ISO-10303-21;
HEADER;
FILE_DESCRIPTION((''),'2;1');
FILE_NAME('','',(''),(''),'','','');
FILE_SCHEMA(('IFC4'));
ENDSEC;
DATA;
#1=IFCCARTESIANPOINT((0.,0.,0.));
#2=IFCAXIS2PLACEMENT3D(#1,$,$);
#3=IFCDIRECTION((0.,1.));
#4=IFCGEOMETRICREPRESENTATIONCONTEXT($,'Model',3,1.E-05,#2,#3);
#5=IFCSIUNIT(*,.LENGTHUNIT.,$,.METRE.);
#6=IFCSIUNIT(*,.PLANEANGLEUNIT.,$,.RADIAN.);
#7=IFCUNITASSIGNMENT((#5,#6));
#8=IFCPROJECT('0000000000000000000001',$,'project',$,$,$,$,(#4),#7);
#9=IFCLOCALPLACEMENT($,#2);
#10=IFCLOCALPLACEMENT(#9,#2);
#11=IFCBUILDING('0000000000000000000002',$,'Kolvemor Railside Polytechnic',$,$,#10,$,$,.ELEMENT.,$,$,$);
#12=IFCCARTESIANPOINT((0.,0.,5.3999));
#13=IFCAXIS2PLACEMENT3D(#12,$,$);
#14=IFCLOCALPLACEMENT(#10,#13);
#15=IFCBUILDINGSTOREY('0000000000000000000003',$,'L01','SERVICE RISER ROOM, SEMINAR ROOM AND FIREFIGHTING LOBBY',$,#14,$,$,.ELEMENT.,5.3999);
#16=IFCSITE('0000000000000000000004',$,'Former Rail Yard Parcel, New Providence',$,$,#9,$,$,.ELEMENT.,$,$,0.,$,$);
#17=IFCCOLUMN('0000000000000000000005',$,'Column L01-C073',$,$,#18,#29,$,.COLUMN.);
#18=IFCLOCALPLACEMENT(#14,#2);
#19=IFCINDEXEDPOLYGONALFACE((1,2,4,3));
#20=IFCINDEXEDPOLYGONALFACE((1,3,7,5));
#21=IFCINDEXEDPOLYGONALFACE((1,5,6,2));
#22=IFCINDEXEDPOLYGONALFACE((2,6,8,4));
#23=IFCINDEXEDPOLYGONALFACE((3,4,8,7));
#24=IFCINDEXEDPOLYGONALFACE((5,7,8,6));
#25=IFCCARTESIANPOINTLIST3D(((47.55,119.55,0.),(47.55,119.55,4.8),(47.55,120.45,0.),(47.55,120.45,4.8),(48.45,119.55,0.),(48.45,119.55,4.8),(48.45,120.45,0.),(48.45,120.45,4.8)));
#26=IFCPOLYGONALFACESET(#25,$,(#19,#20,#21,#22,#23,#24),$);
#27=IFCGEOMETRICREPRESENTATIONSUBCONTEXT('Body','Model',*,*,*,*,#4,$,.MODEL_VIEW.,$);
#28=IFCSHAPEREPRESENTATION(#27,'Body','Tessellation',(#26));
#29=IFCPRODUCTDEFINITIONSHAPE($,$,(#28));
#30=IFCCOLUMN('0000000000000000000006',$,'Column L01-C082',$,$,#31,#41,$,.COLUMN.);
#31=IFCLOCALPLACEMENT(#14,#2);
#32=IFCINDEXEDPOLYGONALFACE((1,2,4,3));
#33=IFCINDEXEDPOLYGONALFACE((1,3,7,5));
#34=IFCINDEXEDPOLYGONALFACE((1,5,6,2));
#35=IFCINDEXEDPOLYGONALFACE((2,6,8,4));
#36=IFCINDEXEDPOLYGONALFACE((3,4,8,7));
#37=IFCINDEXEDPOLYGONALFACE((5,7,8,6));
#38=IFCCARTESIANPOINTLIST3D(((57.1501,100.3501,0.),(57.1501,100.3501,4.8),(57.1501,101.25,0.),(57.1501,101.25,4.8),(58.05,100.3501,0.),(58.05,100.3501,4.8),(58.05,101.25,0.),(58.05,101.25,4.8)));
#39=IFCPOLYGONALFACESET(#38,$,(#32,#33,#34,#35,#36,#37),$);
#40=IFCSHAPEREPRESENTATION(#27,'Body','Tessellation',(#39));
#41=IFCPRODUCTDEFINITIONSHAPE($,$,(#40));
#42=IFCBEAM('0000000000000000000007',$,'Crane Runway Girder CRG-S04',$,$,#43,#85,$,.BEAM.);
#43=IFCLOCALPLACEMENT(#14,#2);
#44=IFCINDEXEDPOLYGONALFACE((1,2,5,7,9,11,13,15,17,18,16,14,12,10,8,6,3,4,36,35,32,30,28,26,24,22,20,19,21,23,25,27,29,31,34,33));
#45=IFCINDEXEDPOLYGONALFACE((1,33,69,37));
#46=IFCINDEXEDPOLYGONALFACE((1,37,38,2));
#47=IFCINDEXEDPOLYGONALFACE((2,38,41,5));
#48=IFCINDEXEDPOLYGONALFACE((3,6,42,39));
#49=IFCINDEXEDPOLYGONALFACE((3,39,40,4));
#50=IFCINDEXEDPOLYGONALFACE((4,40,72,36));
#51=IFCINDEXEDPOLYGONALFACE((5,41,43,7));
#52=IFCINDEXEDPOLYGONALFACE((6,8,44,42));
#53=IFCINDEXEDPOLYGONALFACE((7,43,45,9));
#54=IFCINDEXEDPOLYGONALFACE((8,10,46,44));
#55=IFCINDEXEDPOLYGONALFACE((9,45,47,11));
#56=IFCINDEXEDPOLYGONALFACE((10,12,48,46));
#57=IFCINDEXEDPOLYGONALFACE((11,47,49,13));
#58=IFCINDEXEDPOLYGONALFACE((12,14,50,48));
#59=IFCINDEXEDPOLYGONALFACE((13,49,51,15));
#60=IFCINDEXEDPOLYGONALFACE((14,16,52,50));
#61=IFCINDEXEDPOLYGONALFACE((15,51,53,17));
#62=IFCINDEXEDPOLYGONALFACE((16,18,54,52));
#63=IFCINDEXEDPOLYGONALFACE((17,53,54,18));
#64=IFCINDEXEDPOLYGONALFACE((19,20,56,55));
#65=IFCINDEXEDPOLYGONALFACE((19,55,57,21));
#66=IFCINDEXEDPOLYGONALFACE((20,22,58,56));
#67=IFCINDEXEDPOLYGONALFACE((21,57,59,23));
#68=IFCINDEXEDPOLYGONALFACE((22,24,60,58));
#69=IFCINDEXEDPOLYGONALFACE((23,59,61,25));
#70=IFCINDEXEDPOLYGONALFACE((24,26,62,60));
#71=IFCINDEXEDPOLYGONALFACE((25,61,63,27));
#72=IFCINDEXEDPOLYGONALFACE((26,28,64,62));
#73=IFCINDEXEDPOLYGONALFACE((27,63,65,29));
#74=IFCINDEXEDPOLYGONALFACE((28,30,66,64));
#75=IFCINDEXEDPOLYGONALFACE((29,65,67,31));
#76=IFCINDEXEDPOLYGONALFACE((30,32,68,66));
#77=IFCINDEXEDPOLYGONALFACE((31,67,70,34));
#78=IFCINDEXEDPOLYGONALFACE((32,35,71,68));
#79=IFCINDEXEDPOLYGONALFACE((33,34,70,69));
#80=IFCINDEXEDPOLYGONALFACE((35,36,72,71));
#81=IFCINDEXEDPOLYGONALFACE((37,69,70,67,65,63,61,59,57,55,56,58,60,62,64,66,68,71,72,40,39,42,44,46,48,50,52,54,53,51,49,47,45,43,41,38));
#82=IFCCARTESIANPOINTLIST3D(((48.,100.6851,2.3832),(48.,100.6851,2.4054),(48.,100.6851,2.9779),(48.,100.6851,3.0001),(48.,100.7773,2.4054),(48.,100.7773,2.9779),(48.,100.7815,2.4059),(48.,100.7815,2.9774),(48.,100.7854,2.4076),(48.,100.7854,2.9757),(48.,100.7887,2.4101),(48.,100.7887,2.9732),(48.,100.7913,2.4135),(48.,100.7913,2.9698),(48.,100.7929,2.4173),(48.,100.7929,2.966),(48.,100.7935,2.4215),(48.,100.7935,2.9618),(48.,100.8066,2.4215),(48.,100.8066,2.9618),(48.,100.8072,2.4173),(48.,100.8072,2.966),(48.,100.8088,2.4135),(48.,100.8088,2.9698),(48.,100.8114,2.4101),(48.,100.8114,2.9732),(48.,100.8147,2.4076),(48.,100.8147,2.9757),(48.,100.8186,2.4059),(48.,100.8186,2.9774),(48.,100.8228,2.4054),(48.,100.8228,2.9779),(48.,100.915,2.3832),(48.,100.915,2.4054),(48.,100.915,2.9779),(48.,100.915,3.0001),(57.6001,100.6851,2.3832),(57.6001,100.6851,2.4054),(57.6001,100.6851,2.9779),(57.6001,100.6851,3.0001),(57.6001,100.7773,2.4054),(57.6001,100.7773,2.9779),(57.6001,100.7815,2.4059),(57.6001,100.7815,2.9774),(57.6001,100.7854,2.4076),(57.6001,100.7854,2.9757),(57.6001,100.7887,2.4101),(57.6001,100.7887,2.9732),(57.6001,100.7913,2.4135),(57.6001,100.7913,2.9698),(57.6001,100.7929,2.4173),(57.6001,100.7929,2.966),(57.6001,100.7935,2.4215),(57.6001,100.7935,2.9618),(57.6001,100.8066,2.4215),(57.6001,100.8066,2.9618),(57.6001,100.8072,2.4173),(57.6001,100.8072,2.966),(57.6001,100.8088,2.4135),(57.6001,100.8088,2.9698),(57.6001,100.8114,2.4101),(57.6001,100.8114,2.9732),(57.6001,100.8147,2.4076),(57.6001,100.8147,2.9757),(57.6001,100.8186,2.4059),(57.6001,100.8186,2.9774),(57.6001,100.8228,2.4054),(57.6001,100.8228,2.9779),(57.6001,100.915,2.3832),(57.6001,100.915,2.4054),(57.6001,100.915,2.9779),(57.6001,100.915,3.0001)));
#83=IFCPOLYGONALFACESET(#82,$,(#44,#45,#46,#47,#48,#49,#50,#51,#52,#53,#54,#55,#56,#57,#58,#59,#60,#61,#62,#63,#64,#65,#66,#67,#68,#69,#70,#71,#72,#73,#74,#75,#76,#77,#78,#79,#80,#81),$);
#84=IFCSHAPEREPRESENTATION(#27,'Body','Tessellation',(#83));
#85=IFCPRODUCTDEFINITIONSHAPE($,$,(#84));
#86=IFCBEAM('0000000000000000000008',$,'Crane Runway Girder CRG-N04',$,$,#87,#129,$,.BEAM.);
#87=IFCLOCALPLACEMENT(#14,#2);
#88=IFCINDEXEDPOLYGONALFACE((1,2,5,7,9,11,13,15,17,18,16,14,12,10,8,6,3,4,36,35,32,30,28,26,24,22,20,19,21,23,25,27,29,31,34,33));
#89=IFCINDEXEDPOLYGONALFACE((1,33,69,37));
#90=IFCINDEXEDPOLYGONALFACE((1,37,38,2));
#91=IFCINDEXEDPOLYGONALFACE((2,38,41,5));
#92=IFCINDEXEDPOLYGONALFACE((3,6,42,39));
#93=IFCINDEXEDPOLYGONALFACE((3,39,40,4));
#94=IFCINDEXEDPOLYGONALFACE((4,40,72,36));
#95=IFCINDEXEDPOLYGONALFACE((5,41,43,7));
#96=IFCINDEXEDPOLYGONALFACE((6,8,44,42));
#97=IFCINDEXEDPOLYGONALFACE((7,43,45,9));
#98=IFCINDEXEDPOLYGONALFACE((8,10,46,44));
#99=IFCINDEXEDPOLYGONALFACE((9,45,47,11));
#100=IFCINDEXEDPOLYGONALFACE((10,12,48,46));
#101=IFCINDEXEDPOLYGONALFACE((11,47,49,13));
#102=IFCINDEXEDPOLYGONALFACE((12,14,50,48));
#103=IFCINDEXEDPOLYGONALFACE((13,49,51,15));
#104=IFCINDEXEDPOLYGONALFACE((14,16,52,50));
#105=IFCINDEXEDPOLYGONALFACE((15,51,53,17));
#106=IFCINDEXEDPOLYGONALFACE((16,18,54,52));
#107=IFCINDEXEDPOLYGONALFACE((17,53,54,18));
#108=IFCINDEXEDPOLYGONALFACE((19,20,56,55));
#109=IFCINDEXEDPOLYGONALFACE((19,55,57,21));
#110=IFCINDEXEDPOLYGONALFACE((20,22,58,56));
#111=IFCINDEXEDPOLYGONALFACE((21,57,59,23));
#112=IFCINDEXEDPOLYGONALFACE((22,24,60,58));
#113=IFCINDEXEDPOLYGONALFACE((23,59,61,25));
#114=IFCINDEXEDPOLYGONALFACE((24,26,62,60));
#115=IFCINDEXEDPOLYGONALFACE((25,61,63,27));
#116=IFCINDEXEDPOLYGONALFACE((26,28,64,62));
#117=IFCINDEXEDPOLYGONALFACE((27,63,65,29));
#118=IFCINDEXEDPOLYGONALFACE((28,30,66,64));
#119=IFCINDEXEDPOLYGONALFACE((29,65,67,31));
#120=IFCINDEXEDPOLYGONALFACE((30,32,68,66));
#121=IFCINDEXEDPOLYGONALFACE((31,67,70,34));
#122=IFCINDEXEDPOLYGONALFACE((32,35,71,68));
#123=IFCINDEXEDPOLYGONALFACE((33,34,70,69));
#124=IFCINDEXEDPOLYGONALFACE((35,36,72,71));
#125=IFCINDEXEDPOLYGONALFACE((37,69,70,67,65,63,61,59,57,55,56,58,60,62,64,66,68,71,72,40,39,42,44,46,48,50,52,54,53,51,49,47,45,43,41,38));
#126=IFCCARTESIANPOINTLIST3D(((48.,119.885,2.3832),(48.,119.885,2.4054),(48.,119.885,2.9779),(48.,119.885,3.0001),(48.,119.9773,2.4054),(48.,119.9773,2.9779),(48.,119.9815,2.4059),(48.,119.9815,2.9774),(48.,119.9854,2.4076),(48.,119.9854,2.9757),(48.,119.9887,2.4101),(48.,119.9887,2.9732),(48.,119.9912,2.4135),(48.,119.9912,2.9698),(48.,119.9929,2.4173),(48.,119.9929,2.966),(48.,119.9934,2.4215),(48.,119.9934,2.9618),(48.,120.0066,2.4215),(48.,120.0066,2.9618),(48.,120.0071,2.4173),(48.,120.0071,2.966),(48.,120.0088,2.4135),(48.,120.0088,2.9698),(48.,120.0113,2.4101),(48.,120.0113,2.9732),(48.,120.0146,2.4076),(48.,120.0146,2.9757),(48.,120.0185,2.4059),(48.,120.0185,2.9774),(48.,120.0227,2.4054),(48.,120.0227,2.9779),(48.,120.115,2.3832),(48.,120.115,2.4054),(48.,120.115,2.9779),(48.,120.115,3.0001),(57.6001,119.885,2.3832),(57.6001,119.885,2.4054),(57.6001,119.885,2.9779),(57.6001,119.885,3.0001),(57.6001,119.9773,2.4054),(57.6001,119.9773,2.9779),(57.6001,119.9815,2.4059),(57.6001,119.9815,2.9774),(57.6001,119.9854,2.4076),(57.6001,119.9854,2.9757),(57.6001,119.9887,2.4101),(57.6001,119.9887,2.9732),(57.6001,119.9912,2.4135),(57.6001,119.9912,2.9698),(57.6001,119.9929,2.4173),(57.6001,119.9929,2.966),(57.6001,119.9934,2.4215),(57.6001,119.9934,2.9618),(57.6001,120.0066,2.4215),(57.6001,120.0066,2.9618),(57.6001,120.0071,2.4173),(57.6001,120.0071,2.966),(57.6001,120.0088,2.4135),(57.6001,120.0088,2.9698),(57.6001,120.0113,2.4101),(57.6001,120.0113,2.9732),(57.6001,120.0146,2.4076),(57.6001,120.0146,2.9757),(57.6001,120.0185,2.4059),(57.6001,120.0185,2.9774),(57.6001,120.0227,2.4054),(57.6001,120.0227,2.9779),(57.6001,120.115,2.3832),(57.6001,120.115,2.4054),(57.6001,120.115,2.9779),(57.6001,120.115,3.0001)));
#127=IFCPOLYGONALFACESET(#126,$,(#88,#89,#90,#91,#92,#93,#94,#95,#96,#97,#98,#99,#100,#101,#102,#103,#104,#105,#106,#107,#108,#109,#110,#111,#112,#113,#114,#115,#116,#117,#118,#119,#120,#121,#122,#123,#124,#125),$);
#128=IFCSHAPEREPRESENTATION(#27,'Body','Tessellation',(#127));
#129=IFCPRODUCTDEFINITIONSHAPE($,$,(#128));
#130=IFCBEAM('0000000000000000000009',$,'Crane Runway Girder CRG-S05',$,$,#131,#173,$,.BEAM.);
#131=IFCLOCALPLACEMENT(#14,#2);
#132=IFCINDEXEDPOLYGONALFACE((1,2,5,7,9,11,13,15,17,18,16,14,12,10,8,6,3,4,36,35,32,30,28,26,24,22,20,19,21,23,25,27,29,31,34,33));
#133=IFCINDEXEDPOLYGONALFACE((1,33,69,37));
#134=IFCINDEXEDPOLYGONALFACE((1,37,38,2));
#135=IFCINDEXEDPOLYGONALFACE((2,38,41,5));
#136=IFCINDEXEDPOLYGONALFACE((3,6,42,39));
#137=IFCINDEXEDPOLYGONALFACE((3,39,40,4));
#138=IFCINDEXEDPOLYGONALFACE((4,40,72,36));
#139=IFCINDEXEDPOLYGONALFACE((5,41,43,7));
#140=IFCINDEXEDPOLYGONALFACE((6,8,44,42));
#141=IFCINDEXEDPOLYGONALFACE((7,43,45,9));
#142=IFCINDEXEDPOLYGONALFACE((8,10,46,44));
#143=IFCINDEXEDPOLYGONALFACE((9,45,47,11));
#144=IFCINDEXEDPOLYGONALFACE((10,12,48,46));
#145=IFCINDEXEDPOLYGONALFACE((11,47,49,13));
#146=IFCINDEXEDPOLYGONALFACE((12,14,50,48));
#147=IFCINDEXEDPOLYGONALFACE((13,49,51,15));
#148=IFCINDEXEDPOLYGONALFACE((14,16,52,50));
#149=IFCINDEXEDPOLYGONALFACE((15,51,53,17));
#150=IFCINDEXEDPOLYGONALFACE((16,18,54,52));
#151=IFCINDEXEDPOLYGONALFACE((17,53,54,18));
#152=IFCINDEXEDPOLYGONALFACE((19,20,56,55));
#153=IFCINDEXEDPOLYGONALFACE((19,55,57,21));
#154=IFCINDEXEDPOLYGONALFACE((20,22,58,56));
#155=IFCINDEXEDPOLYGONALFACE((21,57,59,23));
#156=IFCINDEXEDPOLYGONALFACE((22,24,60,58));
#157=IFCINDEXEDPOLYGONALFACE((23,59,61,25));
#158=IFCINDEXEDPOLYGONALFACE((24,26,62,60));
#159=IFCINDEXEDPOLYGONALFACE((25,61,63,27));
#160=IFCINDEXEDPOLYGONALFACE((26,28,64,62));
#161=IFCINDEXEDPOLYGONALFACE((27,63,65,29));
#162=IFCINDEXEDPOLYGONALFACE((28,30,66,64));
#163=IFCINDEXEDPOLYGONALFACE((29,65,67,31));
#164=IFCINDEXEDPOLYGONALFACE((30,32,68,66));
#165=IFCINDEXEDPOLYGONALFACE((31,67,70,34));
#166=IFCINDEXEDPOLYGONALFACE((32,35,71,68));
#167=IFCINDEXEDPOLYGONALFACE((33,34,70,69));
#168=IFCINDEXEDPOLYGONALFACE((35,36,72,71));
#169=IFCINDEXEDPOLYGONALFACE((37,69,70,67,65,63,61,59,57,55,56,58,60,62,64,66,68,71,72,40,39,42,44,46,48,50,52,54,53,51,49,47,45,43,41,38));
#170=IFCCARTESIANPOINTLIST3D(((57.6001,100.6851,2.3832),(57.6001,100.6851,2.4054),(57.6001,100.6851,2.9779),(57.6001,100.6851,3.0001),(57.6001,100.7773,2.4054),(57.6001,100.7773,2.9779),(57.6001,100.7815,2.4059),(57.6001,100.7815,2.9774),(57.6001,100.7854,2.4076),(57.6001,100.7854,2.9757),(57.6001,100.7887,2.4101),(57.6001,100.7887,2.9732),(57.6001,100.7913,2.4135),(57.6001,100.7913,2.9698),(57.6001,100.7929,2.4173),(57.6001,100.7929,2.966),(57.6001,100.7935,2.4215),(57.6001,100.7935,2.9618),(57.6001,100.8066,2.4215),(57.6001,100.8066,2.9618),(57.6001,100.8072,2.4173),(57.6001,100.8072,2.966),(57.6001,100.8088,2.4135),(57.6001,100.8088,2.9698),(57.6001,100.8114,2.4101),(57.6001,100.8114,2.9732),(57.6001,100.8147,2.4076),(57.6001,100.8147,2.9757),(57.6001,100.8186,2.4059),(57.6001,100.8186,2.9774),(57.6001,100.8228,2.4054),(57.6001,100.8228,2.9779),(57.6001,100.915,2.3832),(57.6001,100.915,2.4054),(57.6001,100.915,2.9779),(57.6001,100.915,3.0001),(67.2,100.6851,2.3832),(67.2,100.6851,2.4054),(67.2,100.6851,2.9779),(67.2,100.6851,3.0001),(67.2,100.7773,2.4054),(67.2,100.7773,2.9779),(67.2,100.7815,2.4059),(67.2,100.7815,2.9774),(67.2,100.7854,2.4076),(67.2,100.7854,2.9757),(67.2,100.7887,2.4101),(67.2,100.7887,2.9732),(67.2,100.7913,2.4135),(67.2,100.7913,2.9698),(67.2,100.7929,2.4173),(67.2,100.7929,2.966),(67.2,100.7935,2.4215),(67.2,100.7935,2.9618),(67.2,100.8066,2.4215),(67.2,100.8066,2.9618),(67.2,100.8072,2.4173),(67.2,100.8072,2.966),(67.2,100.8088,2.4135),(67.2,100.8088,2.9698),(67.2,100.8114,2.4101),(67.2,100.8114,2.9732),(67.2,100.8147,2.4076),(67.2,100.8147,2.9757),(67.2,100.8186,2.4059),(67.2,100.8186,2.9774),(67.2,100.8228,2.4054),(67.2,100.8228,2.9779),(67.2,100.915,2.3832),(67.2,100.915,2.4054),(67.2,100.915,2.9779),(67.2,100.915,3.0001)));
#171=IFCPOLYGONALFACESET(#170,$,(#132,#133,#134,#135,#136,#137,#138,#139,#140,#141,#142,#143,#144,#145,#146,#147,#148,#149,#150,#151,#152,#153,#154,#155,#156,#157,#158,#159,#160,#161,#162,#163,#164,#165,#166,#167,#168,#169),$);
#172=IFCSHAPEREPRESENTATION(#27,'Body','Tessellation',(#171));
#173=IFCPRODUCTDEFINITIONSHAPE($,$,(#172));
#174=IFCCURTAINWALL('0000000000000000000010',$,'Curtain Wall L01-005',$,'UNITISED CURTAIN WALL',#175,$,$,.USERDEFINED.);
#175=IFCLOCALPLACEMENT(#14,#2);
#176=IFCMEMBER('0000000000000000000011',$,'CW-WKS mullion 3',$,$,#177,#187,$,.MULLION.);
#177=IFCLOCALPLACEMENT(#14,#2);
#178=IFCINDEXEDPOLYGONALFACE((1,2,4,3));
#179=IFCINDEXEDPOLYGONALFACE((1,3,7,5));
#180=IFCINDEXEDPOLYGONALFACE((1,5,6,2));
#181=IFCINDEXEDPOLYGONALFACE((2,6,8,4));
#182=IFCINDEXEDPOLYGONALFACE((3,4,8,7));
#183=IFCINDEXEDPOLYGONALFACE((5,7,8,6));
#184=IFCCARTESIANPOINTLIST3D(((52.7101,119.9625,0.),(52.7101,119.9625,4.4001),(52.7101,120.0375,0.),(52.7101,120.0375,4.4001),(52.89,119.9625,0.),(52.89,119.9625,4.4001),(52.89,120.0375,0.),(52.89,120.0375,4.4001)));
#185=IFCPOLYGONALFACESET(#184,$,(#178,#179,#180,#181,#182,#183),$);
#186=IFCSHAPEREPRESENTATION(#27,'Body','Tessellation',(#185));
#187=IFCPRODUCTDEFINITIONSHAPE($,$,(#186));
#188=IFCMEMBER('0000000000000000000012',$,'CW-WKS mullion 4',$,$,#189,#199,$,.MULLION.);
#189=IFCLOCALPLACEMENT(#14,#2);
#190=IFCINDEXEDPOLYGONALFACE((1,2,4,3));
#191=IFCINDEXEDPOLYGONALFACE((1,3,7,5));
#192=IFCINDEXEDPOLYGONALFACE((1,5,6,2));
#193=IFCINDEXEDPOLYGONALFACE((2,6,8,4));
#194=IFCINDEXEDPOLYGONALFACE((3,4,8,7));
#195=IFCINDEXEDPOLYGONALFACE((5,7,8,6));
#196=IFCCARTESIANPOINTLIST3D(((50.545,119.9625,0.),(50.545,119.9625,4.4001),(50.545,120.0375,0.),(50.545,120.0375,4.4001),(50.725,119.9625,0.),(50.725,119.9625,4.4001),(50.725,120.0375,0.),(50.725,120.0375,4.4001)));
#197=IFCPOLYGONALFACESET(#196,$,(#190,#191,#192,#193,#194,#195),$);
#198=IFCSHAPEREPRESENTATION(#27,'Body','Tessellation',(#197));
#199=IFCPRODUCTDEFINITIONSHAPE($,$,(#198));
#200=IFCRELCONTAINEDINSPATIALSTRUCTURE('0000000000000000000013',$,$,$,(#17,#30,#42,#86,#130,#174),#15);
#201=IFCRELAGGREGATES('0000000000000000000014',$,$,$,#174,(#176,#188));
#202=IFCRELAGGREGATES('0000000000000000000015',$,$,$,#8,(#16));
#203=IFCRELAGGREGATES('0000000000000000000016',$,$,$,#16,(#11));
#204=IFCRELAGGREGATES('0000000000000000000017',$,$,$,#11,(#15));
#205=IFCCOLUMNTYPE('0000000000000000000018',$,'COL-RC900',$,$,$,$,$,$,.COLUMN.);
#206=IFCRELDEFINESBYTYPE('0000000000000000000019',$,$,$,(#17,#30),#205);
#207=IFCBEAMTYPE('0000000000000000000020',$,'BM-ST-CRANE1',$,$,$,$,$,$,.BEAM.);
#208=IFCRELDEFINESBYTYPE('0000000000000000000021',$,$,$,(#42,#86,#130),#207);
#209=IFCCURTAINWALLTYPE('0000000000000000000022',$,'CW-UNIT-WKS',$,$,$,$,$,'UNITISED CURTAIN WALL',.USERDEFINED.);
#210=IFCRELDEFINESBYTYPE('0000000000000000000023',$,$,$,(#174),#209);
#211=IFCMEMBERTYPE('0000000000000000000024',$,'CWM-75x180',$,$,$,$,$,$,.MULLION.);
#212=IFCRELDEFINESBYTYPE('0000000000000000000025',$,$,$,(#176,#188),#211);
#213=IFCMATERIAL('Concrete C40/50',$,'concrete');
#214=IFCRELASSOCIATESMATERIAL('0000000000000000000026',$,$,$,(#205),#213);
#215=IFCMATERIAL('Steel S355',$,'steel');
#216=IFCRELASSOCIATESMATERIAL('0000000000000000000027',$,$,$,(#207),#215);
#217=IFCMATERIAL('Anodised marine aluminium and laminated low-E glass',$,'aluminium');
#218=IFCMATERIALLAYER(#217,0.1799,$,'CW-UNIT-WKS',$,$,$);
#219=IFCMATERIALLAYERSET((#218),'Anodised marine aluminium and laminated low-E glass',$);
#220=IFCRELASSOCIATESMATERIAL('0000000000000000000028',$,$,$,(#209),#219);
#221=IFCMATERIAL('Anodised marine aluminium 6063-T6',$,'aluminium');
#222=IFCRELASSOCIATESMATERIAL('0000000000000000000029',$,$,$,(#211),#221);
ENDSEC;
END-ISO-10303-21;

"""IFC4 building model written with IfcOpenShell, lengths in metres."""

from ifc_helpers import new_model, si_unit, direction, frame, origin, origin_2d, place, context, subcontext, project, spatial, rectangle, i_section, extrude, material, layer, layer_set, material_profile, profile_set, type_object, element, aggregate, save


model = new_model("IFC4")

# Units and contexts
model_context = context("Model", 3, precision=1e-05, world=origin(), true_north=direction((0.0, 1.0)))
body_context = subcontext(model_context, "Body", "Model", "MODEL_VIEW")
ifc_project = project(units=[si_unit("LENGTHUNIT", "METRE"), si_unit("PLANEANGLEUNIT", "RADIAN")], contexts=[model_context])

# Site, building, storey
site_placement = place(None, origin())
site = spatial("IfcSite", under=ifc_project, at=site_placement, Name="Former Rail Yard Parcel, New Providence", CompositionType="ELEMENT", RefElevation=0.0)
building_placement = place(site_placement, origin())
building = spatial("IfcBuilding", under=site, at=building_placement, Name="Kolvemor Railside Polytechnic", CompositionType="ELEMENT")
storey_placement = place(building_placement, frame((0.0, 0.0, 5.3999)))
storey = spatial("IfcBuildingStorey", under=building, at=storey_placement, Name="L01", Description="SERVICE RISER ROOM, SEMINAR ROOM AND FIREFIGHTING LOBBY", CompositionType="ELEMENT", Elevation=5.3999)

# Columns
ifc_material_1 = material(Name="Concrete C40/50", Category="concrete")
ifc_material_profile_1 = material_profile(ifc_material_1, rectangle(XDim=0.8999, YDim=0.8999, at=origin_2d()), Name="RC900x900")
ifc_profile_set_1 = profile_set([ifc_material_profile_1], Name="Concrete C40/50")
column_type = type_object("IfcColumnType", Name="COL-RC900", PredefinedType="COLUMN", material=ifc_profile_set_1)
for number, where, z_axis, x_axis, name in (
    (1, (48.0, 120.0, 0.0), (0.0, 0.0, 1.0), (1.0, 0.0, 0.0), "Column L01-C073"),
    (2, (57.6001, 100.8, 0.0), (0.0, 0.0, 1.0), (1.0, 0.0, 0.0), "Column L01-C082"),
):
    element("IfcColumn", number, at=place(storey_placement, frame(where, z_axis=z_axis, x_axis=x_axis)), inside=storey, type_object=column_type, Name=name, PredefinedType="COLUMN", context=body_context, shape_type="SweptSolid", body=[
        extrude(rectangle(XDim=0.8999, YDim=0.8999, at=origin_2d()), origin(), (0.0, 0.0, 1.0), 4.8),
    ])

# Beams
ifc_material_2 = material(Name="Steel S355", Category="steel")
ifc_material_profile_2 = material_profile(ifc_material_2, i_section(OverallWidth=0.23, OverallDepth=0.6169, WebThickness=0.0132, FlangeThickness=0.0222, FilletRadius=0.0161, at=origin_2d()), Name="W610x140")
ifc_profile_set_2 = profile_set([ifc_material_profile_2], Name="Steel S355")
beam_type = type_object("IfcBeamType", Name="BM-ST-CRANE1", PredefinedType="BEAM", material=ifc_profile_set_2)
for number, where, z_axis, x_axis, name in (
    (3, (48.0, 100.8, 2.6917), (1.0, 0.0, 0.0), (0.0, 1.0, 0.0), "Crane Runway Girder CRG-S04"),
    (4, (48.0, 120.0, 2.6917), (1.0, 0.0, 0.0), (0.0, 1.0, 0.0), "Crane Runway Girder CRG-N04"),
):
    element("IfcBeam", number, at=place(storey_placement, frame(where, z_axis=z_axis, x_axis=x_axis)), inside=storey, type_object=beam_type, Name=name, PredefinedType="BEAM", context=body_context, shape_type="SweptSolid", body=[
        extrude(i_section(OverallWidth=0.23, OverallDepth=0.6169, WebThickness=0.0132, FlangeThickness=0.0222, FilletRadius=0.0161, at=origin_2d()), origin(), (0.0, 0.0, 1.0), 9.6001),
    ])
beam_placement = place(storey_placement, frame((57.6001, 100.8, 2.6917), z_axis=(1.0, 0.0, 0.0), x_axis=(0.0, 1.0, 0.0)))
element("IfcBeam", 5, at=beam_placement, inside=storey, type_object=beam_type, Name="Crane Runway Girder CRG-S05", PredefinedType="BEAM", context=body_context, shape_type="SweptSolid", body=[
    extrude(i_section(OverallWidth=0.23, OverallDepth=0.6169, WebThickness=0.0132, FlangeThickness=0.0222, FilletRadius=0.0161, at=origin_2d()), origin(), (0.0, 0.0, 1.0), 9.5999),
])

# Curtain wall, members
ifc_material_3 = material(Name="Anodised marine aluminium and laminated low-E glass", Category="aluminium")
ifc_layer_1 = layer(ifc_material_3, 0.1799, Name="CW-UNIT-WKS")
ifc_layer_set_1 = layer_set([ifc_layer_1], Name="Anodised marine aluminium and laminated low-E glass")
curtain_wall_type = type_object("IfcCurtainWallType", Name="CW-UNIT-WKS", ElementType="UNITISED CURTAIN WALL", PredefinedType="USERDEFINED", material=ifc_layer_set_1)
curtain_wall_placement = place(storey_placement, origin())
curtain_wall = element("IfcCurtainWall", 6, at=curtain_wall_placement, inside=storey, type_object=curtain_wall_type, Name="Curtain Wall L01-005", ObjectType="UNITISED CURTAIN WALL", PredefinedType="USERDEFINED")
ifc_material_4 = material(Name="Anodised marine aluminium 6063-T6", Category="aluminium")
ifc_material_profile_3 = material_profile(ifc_material_4, rectangle(XDim=0.075, YDim=0.1799, at=origin_2d()), Name="CW-MUL-75x180")
ifc_profile_set_3 = profile_set([ifc_material_profile_3], Name="Anodised marine aluminium 6063-T6")
member_type_1 = type_object("IfcMemberType", Name="CWM-75x180", PredefinedType="MULLION", material=ifc_profile_set_3)
member_1_placement = place(storey_placement, frame((52.8, 120.0, 0.0), z_axis=(0.0, 0.0, 1.0), x_axis=(0.0, -1.0, 0.0)))
member_1 = element("IfcMember", 7, at=member_1_placement, type_object=member_type_1, Name="CW-WKS mullion 3", PredefinedType="MULLION", context=body_context, shape_type="SweptSolid", body=[
    extrude(rectangle(XDim=0.075, YDim=0.1799, at=origin_2d()), origin(), (0.0, 0.0, 1.0), 4.4001),
])
member_2_placement = place(storey_placement, frame((50.635, 120.0, 0.0), z_axis=(0.0, 0.0, 1.0), x_axis=(0.0, -1.0, 0.0)))
member_2 = element("IfcMember", 8, at=member_2_placement, type_object=member_type_1, Name="CW-WKS mullion 4", PredefinedType="MULLION", context=body_context, shape_type="SweptSolid", body=[
    extrude(rectangle(XDim=0.075, YDim=0.1799, at=origin_2d()), origin(), (0.0, 0.0, 1.0), 4.4001),
])
aggregate(curtain_wall, [member_1, member_2])

save(model, "model.ifc")
